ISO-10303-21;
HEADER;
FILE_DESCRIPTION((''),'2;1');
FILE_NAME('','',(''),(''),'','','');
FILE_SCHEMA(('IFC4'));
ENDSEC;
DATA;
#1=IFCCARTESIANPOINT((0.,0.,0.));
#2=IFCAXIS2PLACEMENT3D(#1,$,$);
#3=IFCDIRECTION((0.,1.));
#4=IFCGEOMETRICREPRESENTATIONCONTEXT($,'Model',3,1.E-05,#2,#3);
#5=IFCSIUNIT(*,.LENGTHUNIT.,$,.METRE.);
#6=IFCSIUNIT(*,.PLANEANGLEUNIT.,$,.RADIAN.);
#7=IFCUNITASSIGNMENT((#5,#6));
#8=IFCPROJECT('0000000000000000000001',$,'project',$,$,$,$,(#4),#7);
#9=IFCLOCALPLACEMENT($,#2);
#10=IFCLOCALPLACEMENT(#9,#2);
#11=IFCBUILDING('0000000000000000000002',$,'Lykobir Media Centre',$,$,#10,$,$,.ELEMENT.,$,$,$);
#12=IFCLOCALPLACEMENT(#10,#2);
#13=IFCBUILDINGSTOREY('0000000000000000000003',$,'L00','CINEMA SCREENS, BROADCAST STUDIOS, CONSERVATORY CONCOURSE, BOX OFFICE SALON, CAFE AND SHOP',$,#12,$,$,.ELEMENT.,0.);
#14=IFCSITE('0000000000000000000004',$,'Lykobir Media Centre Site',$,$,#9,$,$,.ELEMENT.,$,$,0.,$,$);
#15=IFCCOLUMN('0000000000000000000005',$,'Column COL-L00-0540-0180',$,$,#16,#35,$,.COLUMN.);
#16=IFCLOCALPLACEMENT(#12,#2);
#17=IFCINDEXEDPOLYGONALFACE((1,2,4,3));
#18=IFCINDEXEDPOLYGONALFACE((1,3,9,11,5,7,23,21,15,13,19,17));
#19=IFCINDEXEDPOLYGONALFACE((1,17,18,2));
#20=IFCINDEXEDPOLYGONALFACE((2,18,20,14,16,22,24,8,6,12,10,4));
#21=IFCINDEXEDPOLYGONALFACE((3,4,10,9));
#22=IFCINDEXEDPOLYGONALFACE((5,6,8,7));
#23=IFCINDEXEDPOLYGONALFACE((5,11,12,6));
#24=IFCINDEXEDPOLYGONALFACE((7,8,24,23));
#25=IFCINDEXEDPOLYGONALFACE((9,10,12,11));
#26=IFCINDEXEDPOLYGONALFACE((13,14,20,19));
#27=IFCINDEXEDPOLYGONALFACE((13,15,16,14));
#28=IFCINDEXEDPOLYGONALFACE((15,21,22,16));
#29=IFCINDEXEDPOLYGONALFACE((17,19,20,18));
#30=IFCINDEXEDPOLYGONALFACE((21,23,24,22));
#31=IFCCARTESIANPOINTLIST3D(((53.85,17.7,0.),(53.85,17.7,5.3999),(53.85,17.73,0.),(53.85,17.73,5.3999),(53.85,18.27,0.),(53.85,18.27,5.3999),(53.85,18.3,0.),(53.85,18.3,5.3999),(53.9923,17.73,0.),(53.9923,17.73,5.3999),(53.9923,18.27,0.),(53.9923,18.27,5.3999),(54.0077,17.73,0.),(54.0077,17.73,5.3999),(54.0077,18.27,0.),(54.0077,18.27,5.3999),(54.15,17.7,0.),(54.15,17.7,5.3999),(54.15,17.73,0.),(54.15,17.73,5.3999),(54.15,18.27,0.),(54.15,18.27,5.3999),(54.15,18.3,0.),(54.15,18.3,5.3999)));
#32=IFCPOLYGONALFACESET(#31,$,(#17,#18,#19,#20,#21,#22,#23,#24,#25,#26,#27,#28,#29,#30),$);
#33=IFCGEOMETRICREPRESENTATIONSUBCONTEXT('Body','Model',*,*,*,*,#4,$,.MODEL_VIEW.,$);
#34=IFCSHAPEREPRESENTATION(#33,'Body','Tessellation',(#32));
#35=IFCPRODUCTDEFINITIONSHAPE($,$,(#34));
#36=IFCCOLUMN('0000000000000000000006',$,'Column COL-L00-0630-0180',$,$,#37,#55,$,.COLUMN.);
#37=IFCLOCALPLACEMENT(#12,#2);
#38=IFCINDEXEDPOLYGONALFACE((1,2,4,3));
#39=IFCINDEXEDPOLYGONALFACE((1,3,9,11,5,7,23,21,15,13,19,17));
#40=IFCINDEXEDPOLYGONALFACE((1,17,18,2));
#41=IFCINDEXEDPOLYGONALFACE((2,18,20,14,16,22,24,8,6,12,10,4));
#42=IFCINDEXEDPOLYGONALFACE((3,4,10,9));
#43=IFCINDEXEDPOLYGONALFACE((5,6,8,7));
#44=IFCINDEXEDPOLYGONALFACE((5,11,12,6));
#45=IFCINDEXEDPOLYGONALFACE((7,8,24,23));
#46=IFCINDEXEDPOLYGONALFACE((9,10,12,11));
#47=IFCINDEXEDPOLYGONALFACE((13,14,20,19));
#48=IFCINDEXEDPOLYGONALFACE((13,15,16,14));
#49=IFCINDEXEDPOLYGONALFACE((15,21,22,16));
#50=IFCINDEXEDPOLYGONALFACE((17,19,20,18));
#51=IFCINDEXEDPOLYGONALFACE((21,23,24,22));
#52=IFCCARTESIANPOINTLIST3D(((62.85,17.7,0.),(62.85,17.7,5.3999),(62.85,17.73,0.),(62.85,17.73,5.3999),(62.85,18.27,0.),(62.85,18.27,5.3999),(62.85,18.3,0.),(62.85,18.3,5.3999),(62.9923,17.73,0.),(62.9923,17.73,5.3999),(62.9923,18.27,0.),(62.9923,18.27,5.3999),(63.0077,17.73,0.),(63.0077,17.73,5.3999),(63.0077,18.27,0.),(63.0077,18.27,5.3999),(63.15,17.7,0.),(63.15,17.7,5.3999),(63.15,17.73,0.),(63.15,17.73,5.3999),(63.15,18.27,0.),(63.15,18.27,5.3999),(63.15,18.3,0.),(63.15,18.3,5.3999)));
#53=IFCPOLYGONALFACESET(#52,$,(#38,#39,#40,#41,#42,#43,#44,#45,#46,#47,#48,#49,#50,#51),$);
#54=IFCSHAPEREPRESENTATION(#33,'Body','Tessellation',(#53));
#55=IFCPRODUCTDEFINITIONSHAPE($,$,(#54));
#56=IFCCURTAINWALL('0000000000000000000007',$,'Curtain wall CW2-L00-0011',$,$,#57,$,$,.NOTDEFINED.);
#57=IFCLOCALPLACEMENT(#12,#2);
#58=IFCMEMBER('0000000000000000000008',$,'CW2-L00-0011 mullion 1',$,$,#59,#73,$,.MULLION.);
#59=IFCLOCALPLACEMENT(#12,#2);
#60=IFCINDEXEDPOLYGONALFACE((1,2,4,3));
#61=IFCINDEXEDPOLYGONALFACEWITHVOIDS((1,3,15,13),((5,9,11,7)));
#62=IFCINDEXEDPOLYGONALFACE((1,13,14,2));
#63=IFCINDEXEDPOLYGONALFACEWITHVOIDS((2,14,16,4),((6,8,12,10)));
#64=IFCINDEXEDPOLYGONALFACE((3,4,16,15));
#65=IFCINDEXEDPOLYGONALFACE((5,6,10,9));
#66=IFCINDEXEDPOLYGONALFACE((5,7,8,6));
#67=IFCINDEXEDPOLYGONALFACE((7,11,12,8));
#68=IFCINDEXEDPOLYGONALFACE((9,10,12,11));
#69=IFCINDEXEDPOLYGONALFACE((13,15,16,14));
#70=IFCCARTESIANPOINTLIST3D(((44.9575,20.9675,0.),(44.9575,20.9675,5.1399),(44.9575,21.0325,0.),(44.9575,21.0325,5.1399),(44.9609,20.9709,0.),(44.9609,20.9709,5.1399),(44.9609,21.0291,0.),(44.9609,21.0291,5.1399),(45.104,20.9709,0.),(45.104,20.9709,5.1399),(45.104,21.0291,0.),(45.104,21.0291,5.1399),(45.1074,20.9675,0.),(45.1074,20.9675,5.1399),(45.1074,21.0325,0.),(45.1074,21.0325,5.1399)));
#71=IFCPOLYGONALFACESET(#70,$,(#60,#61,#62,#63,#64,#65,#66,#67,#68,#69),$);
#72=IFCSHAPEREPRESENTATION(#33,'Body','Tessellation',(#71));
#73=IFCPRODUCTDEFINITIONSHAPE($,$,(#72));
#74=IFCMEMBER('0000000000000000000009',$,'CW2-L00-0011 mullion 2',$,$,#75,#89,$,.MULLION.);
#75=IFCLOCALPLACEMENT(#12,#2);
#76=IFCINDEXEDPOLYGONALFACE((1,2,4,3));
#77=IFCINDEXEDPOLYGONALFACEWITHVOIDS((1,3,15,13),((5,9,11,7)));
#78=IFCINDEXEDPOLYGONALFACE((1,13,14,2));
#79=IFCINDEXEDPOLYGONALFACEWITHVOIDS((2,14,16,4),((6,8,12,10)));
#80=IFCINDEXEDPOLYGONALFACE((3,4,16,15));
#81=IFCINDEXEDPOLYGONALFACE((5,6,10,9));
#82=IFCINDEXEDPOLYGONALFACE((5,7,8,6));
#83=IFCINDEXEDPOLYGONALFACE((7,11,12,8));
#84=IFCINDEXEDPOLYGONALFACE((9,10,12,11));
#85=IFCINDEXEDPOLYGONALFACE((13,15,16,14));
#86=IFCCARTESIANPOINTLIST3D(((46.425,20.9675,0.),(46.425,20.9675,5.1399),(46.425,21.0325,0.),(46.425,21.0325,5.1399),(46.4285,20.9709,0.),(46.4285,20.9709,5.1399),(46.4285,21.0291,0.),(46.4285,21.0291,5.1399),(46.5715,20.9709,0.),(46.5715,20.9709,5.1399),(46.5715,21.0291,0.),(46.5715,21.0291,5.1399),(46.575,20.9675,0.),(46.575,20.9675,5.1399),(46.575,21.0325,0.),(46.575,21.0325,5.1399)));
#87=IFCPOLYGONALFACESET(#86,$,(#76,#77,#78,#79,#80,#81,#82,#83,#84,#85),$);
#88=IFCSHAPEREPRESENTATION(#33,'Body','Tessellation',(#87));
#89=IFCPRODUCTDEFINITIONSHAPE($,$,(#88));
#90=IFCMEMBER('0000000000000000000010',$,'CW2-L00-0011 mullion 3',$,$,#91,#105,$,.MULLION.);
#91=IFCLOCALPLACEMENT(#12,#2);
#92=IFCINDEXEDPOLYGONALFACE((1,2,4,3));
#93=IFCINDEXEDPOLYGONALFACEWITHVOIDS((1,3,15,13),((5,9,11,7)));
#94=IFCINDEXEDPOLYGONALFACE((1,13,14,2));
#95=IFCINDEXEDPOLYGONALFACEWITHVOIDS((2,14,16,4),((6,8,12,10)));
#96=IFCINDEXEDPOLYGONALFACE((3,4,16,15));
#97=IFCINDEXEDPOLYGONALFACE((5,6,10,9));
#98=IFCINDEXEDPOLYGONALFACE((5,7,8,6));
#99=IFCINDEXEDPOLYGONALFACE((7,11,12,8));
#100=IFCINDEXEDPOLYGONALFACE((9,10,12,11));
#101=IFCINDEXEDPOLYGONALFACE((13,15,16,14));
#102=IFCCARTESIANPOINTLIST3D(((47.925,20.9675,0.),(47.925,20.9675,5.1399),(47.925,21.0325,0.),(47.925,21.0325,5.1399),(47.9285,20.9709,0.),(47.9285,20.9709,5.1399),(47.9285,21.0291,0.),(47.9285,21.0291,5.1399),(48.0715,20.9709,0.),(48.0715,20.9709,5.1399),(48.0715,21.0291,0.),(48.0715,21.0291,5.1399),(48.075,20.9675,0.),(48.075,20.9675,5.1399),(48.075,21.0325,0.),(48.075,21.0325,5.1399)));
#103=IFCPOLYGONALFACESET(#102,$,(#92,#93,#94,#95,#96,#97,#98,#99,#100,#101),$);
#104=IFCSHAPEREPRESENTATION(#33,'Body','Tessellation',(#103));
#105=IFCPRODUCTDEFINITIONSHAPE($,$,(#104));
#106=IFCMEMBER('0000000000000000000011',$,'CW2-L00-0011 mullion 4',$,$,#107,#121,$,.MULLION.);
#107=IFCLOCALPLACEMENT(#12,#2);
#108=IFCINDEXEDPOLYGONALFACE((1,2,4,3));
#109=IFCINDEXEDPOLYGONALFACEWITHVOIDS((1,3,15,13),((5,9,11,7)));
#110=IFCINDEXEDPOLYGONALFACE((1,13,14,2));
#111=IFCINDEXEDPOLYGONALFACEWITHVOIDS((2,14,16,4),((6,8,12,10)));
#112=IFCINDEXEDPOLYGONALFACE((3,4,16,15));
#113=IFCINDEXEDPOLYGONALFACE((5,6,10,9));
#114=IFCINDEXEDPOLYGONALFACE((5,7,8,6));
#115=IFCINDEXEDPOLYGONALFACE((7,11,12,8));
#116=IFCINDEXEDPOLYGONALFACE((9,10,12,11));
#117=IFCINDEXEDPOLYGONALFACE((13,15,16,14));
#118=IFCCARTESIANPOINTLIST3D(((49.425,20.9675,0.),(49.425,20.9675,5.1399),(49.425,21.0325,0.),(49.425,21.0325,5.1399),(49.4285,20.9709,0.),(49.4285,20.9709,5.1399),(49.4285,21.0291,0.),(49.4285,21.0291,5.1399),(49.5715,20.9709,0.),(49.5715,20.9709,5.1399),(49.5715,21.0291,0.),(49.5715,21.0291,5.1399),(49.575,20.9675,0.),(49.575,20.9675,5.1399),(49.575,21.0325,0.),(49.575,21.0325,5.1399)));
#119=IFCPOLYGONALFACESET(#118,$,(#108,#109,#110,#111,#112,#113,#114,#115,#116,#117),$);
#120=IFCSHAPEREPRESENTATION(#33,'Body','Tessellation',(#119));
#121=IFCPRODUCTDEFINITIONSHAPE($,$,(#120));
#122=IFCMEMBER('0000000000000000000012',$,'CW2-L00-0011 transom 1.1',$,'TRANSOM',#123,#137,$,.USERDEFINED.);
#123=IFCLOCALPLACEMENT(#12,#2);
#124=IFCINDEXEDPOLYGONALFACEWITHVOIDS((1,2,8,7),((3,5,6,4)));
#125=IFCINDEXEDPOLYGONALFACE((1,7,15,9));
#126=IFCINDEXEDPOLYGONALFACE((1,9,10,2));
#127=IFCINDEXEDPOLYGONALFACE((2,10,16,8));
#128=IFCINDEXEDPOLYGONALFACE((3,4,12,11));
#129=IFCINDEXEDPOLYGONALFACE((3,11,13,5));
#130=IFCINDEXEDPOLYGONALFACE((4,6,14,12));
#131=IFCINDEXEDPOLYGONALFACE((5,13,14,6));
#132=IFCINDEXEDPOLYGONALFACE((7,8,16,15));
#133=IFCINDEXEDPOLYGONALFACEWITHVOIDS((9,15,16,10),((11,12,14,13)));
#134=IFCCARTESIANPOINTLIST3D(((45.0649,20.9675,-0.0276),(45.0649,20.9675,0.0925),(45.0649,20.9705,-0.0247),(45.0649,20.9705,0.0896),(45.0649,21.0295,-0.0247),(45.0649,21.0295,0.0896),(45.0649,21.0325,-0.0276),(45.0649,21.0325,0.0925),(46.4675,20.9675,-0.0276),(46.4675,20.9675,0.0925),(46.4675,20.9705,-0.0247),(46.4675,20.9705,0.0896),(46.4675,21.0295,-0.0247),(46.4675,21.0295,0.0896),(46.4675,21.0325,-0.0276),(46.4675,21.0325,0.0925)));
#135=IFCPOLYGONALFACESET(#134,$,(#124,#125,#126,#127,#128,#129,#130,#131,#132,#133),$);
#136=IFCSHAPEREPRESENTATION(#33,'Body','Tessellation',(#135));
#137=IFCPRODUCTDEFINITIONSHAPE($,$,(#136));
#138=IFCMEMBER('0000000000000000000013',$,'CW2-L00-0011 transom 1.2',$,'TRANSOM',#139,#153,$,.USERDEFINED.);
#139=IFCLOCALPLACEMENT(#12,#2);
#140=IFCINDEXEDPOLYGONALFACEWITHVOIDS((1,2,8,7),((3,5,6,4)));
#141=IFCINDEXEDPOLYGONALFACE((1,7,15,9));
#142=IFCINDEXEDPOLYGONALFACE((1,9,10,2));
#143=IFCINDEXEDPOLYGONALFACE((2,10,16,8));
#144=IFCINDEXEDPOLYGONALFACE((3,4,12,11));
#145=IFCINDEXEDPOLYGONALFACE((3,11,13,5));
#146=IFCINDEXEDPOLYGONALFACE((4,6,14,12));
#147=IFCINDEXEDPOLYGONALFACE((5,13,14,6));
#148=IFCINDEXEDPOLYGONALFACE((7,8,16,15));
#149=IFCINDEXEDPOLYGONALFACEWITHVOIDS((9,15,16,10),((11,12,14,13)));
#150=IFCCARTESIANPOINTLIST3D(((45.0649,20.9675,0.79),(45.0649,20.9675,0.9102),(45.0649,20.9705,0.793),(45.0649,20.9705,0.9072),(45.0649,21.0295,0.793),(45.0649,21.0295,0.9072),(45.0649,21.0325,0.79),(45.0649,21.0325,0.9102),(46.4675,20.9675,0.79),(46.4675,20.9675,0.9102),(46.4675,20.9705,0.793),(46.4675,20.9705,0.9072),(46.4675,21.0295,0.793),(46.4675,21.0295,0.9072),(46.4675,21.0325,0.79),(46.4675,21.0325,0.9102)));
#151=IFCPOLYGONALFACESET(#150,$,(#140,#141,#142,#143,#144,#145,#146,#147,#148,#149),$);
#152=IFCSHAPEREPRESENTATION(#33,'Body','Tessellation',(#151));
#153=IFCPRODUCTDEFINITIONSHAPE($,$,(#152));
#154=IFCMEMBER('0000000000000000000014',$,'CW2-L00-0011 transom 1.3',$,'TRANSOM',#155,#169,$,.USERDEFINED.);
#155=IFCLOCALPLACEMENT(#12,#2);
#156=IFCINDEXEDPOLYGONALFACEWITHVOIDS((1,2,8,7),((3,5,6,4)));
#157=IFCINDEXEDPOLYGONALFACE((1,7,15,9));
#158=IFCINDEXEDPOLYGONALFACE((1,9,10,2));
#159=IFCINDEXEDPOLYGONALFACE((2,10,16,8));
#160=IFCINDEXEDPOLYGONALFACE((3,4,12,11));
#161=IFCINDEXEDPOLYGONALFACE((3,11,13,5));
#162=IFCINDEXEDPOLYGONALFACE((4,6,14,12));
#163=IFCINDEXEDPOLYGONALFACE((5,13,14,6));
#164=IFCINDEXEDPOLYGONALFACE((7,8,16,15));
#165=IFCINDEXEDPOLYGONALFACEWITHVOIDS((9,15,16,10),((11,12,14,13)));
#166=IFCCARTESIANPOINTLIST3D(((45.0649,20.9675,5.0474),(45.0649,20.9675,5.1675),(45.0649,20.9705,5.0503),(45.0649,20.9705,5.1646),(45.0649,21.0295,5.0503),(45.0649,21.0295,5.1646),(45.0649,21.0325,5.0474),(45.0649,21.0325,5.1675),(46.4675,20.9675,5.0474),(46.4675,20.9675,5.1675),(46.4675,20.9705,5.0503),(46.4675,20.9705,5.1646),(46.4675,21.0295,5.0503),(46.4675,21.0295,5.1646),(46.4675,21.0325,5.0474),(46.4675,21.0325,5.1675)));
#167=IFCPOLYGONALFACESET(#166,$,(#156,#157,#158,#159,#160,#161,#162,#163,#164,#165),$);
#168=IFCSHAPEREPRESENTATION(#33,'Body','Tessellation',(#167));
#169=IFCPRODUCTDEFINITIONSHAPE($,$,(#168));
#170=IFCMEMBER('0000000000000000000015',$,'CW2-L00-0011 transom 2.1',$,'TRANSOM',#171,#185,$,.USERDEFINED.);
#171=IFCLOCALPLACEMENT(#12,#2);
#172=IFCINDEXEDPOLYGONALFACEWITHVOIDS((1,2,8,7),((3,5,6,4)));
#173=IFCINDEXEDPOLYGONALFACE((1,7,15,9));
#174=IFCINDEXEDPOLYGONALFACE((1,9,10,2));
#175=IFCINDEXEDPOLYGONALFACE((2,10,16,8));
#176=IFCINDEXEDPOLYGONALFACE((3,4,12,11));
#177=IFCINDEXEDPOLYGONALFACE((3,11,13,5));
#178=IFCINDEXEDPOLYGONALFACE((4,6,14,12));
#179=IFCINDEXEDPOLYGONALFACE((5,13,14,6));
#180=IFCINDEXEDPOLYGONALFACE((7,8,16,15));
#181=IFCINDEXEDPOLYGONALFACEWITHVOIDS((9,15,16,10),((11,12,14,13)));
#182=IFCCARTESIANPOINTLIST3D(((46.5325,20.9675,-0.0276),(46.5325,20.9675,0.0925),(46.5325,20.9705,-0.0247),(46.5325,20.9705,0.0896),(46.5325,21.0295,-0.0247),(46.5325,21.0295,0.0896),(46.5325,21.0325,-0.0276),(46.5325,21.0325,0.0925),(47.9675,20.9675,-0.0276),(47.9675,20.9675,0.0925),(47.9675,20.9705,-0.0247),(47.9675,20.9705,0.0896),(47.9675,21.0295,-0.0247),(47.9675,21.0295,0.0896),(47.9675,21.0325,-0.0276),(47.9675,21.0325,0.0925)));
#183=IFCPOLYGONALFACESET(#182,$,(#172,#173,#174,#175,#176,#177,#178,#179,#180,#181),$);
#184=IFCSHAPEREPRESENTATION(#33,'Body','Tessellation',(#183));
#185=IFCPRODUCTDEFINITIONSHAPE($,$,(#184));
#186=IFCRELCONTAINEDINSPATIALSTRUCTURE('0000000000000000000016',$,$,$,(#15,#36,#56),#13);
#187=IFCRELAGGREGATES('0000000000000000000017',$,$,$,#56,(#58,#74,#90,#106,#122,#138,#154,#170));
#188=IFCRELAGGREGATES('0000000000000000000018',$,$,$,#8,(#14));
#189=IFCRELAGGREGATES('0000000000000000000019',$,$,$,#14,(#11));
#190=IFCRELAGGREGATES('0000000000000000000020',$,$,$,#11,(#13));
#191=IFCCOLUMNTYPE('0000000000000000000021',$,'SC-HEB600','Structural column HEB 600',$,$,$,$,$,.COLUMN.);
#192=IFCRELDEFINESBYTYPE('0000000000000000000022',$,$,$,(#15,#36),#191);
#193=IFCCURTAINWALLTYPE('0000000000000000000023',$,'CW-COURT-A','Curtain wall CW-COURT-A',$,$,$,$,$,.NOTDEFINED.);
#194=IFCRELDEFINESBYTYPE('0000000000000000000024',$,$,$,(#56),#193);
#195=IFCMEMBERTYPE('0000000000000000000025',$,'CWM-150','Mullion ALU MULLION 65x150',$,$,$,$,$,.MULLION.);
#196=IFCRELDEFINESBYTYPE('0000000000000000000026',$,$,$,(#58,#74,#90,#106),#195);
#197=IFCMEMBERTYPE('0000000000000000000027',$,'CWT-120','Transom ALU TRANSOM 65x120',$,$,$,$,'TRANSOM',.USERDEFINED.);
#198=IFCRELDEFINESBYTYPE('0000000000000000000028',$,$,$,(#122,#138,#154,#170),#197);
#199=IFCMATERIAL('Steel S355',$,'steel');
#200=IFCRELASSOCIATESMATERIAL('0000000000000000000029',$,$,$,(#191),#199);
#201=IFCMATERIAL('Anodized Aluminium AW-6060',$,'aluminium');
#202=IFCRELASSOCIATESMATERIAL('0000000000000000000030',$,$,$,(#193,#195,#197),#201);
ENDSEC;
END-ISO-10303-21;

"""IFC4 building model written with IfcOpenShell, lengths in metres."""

from ifc_helpers import new_model, si_unit, direction, frame, origin, origin_2d, place, context, subcontext, project, spatial, hollow_rectangle, i_section, extrude, material, material_profile, profile_set, type_object, element, aggregate, save


model = new_model("IFC4")

# Units and contexts
model_context = context("Model", 3, precision=1e-05, world=origin(), true_north=direction((0.0, 1.0)))
body_context = subcontext(model_context, "Body", "Model", "MODEL_VIEW")
ifc_project = project(units=[si_unit("LENGTHUNIT", "METRE"), si_unit("PLANEANGLEUNIT", "RADIAN")], contexts=[model_context])

# Site, building, storey
site_placement = place(None, origin())
site = spatial("IfcSite", under=ifc_project, at=site_placement, Name="Lykobir Media Centre Site", CompositionType="ELEMENT", RefElevation=0.0)
building_placement = place(site_placement, origin())
building = spatial("IfcBuilding", under=site, at=building_placement, Name="Lykobir Media Centre", CompositionType="ELEMENT")
storey_placement = place(building_placement, origin())
storey = spatial("IfcBuildingStorey", under=building, at=storey_placement, Name="L00", Description="CINEMA SCREENS, BROADCAST STUDIOS, CONSERVATORY CONCOURSE, BOX OFFICE SALON, CAFE AND SHOP", CompositionType="ELEMENT", Elevation=0.0)

# Columns
ifc_material_1 = material(Name="Steel S355", Category="steel")
ifc_material_profile_1 = material_profile(ifc_material_1, i_section(OverallWidth=0.3, OverallDepth=0.6001, WebThickness=0.0154, FlangeThickness=0.03, at=origin_2d()), Name="HEB 600")
ifc_profile_set_1 = profile_set([ifc_material_profile_1], Name="Steel S355")
column_type = type_object("IfcColumnType", Name="SC-HEB600", Description="Structural column HEB 600", PredefinedType="COLUMN", material=ifc_profile_set_1)
for number, where, z_axis, x_axis, name in (
    (1, (54.0, 18.0, 0.0), (0.0, 0.0, 1.0), (1.0, 0.0, 0.0), "Column COL-L00-0540-0180"),
    (2, (63.0, 18.0, 0.0), (0.0, 0.0, 1.0), (1.0, 0.0, 0.0), "Column COL-L00-0630-0180"),
):
    element("IfcColumn", number, at=place(storey_placement, frame(where, z_axis=z_axis, x_axis=x_axis)), inside=storey, type_object=column_type, Name=name, PredefinedType="COLUMN", context=body_context, shape_type="SweptSolid", body=[
        extrude(i_section(OverallWidth=0.3, OverallDepth=0.6001, WebThickness=0.0154, FlangeThickness=0.03, at=origin_2d()), origin(), (0.0, 0.0, 1.0), 5.3999),
    ])

# Curtain wall, members
ifc_material_2 = material(Name="Anodized Aluminium AW-6060", Category="aluminium")
curtain_wall_type = type_object("IfcCurtainWallType", Name="CW-COURT-A", Description="Curtain wall CW-COURT-A", PredefinedType="NOTDEFINED", material=ifc_material_2)
curtain_wall_placement = place(storey_placement, origin())
curtain_wall = element("IfcCurtainWall", 3, at=curtain_wall_placement, inside=storey, type_object=curtain_wall_type, Name="Curtain wall CW2-L00-0011", PredefinedType="NOTDEFINED")
ifc_material_profile_2 = material_profile(ifc_material_2, hollow_rectangle(XDim=0.0649, YDim=0.1499, WallThickness=0.0034, at=origin_2d()), Name="ALU MULLION 65x150")
ifc_profile_set_2 = profile_set([ifc_material_profile_2], Name="Anodized Aluminium AW-6060")
member_type_1 = type_object("IfcMemberType", Name="CWM-150", Description="Mullion ALU MULLION 65x150", PredefinedType="MULLION", material=ifc_profile_set_2)
member_1_placement = place(storey_placement, frame((45.0325, 21.0, 0.0), z_axis=(0.0, 0.0, 1.0), x_axis=(0.0, 1.0, 0.0)))
member_1 = element("IfcMember", 4, at=member_1_placement, type_object=member_type_1, Name="CW2-L00-0011 mullion 1", PredefinedType="MULLION", context=body_context, shape_type="SweptSolid", body=[
    extrude(hollow_rectangle(XDim=0.0649, YDim=0.1499, WallThickness=0.0034, at=origin_2d()), origin(), (0.0, 0.0, 1.0), 5.1399),
])
member_2_placement = place(storey_placement, frame((46.5, 21.0, 0.0), z_axis=(0.0, 0.0, 1.0), x_axis=(0.0, 1.0, 0.0)))
member_2 = element("IfcMember", 5, at=member_2_placement, type_object=member_type_1, Name="CW2-L00-0011 mullion 2", PredefinedType="MULLION", context=body_context, shape_type="SweptSolid", body=[
    extrude(hollow_rectangle(XDim=0.0649, YDim=0.1499, WallThickness=0.0034, at=origin_2d()), origin(), (0.0, 0.0, 1.0), 5.1399),
])
member_3_placement = place(storey_placement, frame((48.0, 21.0, 0.0), z_axis=(0.0, 0.0, 1.0), x_axis=(0.0, 1.0, 0.0)))
member_3 = element("IfcMember", 6, at=member_3_placement, type_object=member_type_1, Name="CW2-L00-0011 mullion 3", PredefinedType="MULLION", context=body_context, shape_type="SweptSolid", body=[
    extrude(hollow_rectangle(XDim=0.0649, YDim=0.1499, WallThickness=0.0034, at=origin_2d()), origin(), (0.0, 0.0, 1.0), 5.1399),
])
member_4_placement = place(storey_placement, frame((49.5, 21.0, 0.0), z_axis=(0.0, 0.0, 1.0), x_axis=(0.0, 1.0, 0.0)))
member_4 = element("IfcMember", 7, at=member_4_placement, type_object=member_type_1, Name="CW2-L00-0011 mullion 4", PredefinedType="MULLION", context=body_context, shape_type="SweptSolid", body=[
    extrude(hollow_rectangle(XDim=0.0649, YDim=0.1499, WallThickness=0.0034, at=origin_2d()), origin(), (0.0, 0.0, 1.0), 5.1399),
])
ifc_material_profile_3 = material_profile(ifc_material_2, hollow_rectangle(XDim=0.0649, YDim=0.1201, WallThickness=0.0029, at=origin_2d()), Name="ALU TRANSOM 65x120")
ifc_profile_set_3 = profile_set([ifc_material_profile_3], Name="Anodized Aluminium AW-6060")
member_type_2 = type_object("IfcMemberType", Name="CWT-120", Description="Transom ALU TRANSOM 65x120", ElementType="TRANSOM", PredefinedType="USERDEFINED", material=ifc_profile_set_3)
member_5_placement = place(storey_placement, frame((45.0649, 21.0, 0.0325), z_axis=(1.0, 0.0, 0.0), x_axis=(0.0, 1.0, 0.0)))
member_5 = element("IfcMember", 8, at=member_5_placement, type_object=member_type_2, Name="CW2-L00-0011 transom 1.1", ObjectType="TRANSOM", PredefinedType="USERDEFINED", context=body_context, shape_type="SweptSolid", body=[
    extrude(hollow_rectangle(XDim=0.0649, YDim=0.1201, WallThickness=0.0029, at=origin_2d()), origin(), (0.0, 0.0, 1.0), 1.4026),
])
member_6_placement = place(storey_placement, frame((45.0649, 21.0, 0.8501), z_axis=(1.0, 0.0, 0.0), x_axis=(0.0, 1.0, 0.0)))
member_6 = element("IfcMember", 9, at=member_6_placement, type_object=member_type_2, Name="CW2-L00-0011 transom 1.2", ObjectType="TRANSOM", PredefinedType="USERDEFINED", context=body_context, shape_type="SweptSolid", body=[
    extrude(hollow_rectangle(XDim=0.0649, YDim=0.1201, WallThickness=0.0029, at=origin_2d()), origin(), (0.0, 0.0, 1.0), 1.4026),
])
member_7_placement = place(storey_placement, frame((45.0649, 21.0, 5.1074), z_axis=(1.0, 0.0, 0.0), x_axis=(0.0, 1.0, 0.0)))
member_7 = element("IfcMember", 10, at=member_7_placement, type_object=member_type_2, Name="CW2-L00-0011 transom 1.3", ObjectType="TRANSOM", PredefinedType="USERDEFINED", context=body_context, shape_type="SweptSolid", body=[
    extrude(hollow_rectangle(XDim=0.0649, YDim=0.1201, WallThickness=0.0029, at=origin_2d()), origin(), (0.0, 0.0, 1.0), 1.4026),
])
member_8_placement = place(storey_placement, frame((46.5325, 21.0, 0.0325), z_axis=(1.0, 0.0, 0.0), x_axis=(0.0, 1.0, 0.0)))
member_8 = element("IfcMember", 11, at=member_8_placement, type_object=member_type_2, Name="CW2-L00-0011 transom 2.1", ObjectType="TRANSOM", PredefinedType="USERDEFINED", context=body_context, shape_type="SweptSolid", body=[
    extrude(hollow_rectangle(XDim=0.0649, YDim=0.1201, WallThickness=0.0029, at=origin_2d()), origin(), (0.0, 0.0, 1.0), 1.4351),
])

aggregate(curtain_wall, [member_1, member_2, member_3, member_4, member_5, member_6, member_7, member_8])

save(model, "model.ifc")
